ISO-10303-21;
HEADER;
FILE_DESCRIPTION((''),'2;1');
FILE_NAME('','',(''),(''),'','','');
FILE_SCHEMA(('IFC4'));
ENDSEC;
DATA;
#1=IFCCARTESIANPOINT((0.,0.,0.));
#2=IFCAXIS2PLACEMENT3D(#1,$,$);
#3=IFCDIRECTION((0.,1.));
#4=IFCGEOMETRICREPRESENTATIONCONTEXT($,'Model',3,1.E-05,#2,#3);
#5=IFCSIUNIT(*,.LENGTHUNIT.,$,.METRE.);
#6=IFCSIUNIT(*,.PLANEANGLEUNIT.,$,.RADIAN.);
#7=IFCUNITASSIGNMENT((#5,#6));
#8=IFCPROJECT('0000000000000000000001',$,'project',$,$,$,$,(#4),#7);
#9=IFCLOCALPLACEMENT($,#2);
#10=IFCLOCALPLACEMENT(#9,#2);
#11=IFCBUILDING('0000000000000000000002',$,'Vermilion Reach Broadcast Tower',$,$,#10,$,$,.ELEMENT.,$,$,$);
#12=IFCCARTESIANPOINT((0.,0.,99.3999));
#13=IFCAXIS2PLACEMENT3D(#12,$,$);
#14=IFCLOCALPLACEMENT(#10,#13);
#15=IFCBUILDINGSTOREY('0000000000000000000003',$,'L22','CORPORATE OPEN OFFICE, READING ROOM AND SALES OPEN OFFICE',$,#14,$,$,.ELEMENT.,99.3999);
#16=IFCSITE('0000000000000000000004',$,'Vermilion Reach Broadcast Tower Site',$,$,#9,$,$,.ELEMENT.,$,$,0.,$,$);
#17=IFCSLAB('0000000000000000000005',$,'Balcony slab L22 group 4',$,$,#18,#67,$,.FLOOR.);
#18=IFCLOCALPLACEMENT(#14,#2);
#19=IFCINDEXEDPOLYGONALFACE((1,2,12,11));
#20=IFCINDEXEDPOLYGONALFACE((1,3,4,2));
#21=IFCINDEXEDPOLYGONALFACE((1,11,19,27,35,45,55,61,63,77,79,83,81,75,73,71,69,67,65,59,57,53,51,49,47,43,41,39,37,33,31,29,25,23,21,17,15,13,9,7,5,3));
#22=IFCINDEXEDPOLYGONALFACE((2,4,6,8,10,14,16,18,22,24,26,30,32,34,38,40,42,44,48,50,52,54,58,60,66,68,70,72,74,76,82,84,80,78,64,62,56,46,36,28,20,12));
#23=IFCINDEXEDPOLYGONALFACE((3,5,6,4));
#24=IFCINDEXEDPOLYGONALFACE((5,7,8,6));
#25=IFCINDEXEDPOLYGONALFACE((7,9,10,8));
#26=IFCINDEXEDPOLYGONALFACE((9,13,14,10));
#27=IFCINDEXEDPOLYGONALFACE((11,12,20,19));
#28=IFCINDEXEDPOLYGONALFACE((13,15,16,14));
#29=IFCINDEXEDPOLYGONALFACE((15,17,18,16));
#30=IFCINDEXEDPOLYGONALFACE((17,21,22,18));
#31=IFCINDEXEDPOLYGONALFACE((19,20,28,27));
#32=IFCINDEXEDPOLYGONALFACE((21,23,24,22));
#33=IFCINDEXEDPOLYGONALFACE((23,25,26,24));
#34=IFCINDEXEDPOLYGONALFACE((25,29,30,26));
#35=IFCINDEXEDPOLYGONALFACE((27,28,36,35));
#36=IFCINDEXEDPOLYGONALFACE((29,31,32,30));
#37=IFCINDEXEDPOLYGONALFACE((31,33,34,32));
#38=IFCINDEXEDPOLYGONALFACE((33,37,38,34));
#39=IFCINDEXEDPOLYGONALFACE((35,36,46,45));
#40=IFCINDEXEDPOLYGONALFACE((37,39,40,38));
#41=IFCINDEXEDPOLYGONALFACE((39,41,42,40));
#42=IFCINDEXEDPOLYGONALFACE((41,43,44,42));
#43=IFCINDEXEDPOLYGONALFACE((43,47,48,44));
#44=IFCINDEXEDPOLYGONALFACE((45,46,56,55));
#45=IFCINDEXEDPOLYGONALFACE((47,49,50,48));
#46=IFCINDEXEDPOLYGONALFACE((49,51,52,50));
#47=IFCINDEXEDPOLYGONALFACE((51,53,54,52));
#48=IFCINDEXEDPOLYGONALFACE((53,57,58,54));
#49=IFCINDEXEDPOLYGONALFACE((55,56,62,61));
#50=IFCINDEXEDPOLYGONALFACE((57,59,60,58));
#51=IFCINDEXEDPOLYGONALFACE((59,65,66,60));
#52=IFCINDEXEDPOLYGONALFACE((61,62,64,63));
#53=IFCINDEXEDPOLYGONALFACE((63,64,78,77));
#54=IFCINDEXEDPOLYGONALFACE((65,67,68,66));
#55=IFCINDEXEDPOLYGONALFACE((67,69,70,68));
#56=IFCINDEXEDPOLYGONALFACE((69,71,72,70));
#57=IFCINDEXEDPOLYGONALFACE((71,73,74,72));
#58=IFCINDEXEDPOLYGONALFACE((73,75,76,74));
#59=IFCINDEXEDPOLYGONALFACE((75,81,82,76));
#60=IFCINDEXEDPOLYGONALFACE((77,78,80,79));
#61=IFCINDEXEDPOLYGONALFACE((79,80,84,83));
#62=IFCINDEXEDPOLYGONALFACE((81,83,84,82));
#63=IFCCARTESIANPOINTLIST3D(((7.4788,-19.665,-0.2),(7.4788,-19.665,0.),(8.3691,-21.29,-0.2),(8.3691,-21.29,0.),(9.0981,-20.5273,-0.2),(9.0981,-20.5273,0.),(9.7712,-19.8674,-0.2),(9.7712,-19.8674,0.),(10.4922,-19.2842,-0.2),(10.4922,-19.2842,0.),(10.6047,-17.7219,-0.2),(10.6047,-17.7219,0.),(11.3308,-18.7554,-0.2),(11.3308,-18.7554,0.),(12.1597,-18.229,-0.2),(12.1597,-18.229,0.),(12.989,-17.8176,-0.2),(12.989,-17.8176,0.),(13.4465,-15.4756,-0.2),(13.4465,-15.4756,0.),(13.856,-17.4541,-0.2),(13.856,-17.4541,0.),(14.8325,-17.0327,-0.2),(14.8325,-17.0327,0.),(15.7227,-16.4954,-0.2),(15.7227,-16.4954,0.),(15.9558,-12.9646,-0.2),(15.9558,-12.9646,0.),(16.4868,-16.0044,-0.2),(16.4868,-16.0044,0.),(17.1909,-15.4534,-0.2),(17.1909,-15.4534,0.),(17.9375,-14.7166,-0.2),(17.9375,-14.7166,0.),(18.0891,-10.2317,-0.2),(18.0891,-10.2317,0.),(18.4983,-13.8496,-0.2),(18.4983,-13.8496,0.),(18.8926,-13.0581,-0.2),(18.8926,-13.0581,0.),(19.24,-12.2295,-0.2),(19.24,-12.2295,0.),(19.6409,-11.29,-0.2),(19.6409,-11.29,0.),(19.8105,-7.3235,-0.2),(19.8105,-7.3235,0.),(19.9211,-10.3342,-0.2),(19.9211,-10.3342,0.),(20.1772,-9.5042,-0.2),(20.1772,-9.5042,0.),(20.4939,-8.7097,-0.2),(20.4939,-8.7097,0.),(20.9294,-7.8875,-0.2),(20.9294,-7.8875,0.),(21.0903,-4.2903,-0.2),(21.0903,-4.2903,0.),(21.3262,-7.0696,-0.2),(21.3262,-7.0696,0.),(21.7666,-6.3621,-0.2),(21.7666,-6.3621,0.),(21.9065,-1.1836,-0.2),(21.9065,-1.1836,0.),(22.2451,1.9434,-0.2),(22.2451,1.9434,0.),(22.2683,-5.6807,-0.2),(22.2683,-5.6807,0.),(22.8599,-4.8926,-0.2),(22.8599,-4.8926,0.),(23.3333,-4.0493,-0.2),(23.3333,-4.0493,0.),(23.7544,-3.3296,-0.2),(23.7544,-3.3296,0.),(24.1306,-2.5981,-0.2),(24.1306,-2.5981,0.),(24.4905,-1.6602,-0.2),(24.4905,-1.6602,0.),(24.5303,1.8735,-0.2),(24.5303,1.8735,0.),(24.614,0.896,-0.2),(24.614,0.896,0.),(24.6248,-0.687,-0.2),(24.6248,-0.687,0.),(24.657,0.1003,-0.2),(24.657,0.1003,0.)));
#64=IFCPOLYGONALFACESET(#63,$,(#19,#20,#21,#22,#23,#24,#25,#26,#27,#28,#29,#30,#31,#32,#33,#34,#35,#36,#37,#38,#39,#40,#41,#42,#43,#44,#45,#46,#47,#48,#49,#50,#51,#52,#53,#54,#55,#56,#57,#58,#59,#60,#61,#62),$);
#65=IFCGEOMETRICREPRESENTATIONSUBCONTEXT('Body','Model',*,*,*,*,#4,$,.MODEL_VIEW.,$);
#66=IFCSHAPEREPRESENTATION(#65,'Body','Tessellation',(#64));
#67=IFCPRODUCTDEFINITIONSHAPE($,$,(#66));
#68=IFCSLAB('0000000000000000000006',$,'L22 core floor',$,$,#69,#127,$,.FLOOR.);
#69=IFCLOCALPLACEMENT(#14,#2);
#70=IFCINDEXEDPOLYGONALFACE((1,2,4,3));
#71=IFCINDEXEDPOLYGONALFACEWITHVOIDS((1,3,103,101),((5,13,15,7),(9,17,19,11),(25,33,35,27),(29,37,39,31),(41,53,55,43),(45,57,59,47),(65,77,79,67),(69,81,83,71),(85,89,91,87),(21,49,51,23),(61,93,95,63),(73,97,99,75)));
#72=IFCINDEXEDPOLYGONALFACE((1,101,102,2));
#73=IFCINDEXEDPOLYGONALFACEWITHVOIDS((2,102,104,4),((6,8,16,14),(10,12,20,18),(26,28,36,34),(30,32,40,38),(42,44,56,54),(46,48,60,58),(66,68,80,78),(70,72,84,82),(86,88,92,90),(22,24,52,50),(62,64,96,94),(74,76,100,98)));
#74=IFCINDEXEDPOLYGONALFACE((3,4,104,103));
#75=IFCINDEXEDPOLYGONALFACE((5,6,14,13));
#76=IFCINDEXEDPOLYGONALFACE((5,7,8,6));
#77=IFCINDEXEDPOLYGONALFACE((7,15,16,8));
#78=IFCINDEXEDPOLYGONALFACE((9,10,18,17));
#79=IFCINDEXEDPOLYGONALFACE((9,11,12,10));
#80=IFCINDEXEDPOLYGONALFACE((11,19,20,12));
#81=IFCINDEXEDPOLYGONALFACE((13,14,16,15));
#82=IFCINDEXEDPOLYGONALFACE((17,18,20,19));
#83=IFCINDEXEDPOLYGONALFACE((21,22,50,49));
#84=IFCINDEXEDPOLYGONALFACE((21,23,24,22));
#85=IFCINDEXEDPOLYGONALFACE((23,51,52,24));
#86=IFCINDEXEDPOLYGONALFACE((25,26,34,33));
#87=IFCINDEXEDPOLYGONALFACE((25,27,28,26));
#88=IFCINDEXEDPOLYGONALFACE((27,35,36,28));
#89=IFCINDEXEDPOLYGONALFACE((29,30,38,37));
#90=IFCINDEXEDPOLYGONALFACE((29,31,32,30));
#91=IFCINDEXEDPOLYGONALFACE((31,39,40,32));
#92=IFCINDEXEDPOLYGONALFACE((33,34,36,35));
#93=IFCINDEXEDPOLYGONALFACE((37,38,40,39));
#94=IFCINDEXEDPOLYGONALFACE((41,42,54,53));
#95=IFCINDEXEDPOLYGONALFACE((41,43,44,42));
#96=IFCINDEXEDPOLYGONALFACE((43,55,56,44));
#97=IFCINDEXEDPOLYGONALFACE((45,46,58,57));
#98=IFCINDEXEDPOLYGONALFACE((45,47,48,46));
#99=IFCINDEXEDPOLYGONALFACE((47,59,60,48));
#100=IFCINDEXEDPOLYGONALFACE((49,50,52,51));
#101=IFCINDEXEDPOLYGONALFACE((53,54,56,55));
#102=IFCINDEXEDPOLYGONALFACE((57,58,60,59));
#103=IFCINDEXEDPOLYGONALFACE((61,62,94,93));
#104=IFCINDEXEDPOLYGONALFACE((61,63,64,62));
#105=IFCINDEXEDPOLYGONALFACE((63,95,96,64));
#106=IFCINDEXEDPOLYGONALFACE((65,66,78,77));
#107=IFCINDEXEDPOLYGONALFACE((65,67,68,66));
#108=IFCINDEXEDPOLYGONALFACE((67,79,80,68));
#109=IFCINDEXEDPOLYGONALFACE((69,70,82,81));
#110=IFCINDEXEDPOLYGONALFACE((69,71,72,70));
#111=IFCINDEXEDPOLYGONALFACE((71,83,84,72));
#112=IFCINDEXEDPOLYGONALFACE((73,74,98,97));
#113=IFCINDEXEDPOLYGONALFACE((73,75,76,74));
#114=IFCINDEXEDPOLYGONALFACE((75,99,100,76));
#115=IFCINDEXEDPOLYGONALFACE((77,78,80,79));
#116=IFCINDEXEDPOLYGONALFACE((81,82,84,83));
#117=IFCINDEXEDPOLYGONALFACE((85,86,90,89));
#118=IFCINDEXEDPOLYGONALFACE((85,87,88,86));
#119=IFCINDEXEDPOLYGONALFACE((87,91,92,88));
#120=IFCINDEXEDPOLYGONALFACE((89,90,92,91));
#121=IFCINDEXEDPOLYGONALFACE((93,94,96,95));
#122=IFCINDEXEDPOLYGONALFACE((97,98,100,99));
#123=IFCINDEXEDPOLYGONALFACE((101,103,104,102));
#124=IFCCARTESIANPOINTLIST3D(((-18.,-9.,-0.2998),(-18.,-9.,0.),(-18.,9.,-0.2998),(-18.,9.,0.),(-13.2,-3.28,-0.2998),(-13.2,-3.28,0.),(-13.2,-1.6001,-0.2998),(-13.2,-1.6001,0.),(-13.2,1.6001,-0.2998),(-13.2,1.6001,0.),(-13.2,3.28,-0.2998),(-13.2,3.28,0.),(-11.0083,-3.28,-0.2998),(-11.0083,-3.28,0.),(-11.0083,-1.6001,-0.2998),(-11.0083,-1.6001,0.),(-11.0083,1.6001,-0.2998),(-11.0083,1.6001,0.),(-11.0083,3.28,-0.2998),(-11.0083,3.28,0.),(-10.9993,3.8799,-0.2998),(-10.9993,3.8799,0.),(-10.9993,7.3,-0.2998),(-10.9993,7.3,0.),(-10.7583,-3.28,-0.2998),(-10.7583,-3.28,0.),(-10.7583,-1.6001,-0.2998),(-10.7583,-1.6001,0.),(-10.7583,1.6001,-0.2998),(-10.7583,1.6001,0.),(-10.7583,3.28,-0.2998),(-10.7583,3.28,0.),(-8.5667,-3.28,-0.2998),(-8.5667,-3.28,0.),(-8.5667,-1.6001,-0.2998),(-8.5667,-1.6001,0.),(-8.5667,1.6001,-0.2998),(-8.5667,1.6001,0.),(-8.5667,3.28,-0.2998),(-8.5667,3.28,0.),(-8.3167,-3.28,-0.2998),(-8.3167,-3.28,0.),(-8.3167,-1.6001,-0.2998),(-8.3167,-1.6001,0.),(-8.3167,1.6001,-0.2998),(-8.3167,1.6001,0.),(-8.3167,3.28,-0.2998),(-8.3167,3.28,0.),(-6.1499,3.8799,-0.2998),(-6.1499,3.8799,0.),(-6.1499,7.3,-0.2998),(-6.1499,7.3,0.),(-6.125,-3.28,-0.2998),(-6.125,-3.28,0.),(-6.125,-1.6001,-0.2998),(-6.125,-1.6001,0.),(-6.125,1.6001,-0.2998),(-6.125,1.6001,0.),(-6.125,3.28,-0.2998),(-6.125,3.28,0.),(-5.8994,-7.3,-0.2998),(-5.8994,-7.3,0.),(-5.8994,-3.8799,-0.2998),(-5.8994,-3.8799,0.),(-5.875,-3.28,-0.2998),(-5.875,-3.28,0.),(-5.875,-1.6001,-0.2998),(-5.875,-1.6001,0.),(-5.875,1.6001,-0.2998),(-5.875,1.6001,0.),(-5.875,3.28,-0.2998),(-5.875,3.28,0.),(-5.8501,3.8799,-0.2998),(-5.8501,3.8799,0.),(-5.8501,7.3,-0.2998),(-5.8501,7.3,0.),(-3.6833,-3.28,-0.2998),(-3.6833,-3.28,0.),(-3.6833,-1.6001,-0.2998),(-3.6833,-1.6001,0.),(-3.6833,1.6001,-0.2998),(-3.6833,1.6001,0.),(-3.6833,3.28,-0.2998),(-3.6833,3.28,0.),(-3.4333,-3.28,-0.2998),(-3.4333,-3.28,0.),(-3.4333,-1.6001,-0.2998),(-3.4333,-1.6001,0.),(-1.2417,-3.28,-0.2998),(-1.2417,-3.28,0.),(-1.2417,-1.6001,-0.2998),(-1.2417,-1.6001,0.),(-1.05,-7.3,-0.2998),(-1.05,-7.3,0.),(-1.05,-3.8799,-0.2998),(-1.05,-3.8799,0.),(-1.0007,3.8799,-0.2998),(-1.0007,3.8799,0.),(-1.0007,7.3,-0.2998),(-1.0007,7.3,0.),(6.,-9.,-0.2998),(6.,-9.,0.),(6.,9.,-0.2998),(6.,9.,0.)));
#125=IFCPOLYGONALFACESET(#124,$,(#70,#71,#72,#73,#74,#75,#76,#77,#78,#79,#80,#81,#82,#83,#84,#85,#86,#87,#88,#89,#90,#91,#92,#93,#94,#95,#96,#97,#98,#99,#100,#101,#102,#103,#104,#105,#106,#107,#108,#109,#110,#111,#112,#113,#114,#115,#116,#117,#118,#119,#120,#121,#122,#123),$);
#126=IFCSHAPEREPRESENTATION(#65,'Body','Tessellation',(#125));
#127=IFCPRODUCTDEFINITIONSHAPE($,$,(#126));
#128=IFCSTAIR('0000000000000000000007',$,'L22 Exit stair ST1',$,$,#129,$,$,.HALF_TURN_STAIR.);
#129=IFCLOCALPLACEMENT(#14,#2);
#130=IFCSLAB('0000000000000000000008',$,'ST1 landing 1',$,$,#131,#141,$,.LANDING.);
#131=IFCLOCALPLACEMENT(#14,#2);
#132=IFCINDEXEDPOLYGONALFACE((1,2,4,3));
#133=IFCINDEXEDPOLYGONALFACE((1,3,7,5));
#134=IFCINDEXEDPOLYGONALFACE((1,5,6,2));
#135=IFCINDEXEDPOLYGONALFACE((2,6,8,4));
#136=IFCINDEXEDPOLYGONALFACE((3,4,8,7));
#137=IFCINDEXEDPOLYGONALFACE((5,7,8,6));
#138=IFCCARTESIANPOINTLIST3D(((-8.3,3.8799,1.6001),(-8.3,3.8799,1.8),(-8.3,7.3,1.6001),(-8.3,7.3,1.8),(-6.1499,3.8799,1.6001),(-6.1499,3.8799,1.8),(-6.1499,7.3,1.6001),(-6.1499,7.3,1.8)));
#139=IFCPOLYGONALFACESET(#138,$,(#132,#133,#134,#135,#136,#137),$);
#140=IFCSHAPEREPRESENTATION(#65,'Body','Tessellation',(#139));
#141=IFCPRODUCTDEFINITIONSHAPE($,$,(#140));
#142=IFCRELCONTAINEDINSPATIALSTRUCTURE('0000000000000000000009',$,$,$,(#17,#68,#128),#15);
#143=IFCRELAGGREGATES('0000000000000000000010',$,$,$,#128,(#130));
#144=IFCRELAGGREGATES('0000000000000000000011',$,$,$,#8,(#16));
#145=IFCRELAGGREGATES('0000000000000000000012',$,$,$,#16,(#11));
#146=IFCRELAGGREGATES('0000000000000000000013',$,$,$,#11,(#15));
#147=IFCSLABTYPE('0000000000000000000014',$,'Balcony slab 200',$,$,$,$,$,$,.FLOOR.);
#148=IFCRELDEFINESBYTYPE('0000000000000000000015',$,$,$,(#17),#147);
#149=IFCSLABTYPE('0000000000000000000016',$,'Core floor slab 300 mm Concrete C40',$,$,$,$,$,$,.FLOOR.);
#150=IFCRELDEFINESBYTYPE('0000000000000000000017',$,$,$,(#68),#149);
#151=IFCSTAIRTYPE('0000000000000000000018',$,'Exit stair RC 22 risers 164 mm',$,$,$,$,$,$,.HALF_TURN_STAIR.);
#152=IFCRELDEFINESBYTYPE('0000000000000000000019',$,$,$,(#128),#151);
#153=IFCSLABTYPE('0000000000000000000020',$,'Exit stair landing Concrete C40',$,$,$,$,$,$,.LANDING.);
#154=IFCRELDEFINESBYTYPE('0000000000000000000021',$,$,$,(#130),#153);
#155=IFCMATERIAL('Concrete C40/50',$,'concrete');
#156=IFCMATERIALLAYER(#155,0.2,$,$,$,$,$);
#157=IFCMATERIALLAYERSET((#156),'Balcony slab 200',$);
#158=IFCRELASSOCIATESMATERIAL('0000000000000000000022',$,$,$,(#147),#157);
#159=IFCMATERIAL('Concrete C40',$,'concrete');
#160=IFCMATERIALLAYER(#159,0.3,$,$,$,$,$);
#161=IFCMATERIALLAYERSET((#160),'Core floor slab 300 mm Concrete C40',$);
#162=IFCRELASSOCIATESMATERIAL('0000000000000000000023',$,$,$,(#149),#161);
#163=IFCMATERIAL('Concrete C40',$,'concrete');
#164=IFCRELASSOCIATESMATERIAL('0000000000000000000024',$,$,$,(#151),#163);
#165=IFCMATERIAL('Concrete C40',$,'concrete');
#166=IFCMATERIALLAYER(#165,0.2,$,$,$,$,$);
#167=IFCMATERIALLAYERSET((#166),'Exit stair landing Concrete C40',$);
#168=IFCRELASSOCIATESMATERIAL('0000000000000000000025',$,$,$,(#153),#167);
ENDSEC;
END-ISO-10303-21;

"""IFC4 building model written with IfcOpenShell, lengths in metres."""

from ifc_helpers import new_model, si_unit, direction, frame, origin, place, context, subcontext, project, spatial, polyline, outline, extrude, material, layer, layer_set, type_object, element, aggregate, save


model = new_model("IFC4")

# Units and contexts
model_context = context("Model", 3, precision=1e-05, world=origin(), true_north=direction((0.0, 1.0)))
body_context = subcontext(model_context, "Body", "Model", "MODEL_VIEW")
ifc_project = project(units=[si_unit("LENGTHUNIT", "METRE"), si_unit("PLANEANGLEUNIT", "RADIAN")], contexts=[model_context])

# Site, building, storey
site_placement = place(None, origin())
site = spatial("IfcSite", under=ifc_project, at=site_placement, Name="Vermilion Reach Broadcast Tower Site", CompositionType="ELEMENT", RefElevation=0.0)
building_placement = place(site_placement, origin())
building = spatial("IfcBuilding", under=site, at=building_placement, Name="Vermilion Reach Broadcast Tower", CompositionType="ELEMENT")
storey_placement = place(building_placement, frame((0.0, 0.0, 99.3999)))
storey = spatial("IfcBuildingStorey", under=building, at=storey_placement, Name="L22", Description="CORPORATE OPEN OFFICE, READING ROOM AND SALES OPEN OFFICE", CompositionType="ELEMENT", Elevation=99.3999)

# Slabs
ifc_material_1 = material(Name="Concrete C40/50", Category="concrete")
ifc_layer_1 = layer(ifc_material_1, 0.2)
ifc_layer_set_1 = layer_set([ifc_layer_1], Name="Balcony slab 200")
slab_type_1 = type_object("IfcSlabType", Name="Balcony slab 200", PredefinedType="FLOOR", material=ifc_layer_set_1)
placement_1 = place(storey_placement, frame((0.0, 0.0, -0.2)))
element("IfcSlab", 1, at=placement_1, inside=storey, type_object=slab_type_1, Name="Balcony slab L22 group 4", PredefinedType="FLOOR", context=body_context, shape_type="SweptSolid", body=[
    extrude(outline(polyline([(7.4788, -19.665), (10.6047, -17.7219), (13.4465, -15.4756), (15.9558, -12.9646), (18.0891, -10.2317), (19.8105, -7.3235), (21.0903, -4.2903), (21.9065, -1.1836), (22.2451, 1.9434), (24.5303, 1.8735), (24.614, 0.896), (24.657, 0.1003), (24.6248, -0.687), (24.4905, -1.6602), (24.1306, -2.5981), (23.7544, -3.3296), (23.3333, -4.0493), (22.8599, -4.8926), (22.2683, -5.6807), (21.7666, -6.3621), (21.3262, -7.0696), (20.9294, -7.8875), (20.4939, -8.7097), (20.1772, -9.5042), (19.9211, -10.3342), (19.6409, -11.29), (19.24, -12.2295), (18.8926, -13.0581), (18.4983, -13.8496), (17.9375, -14.7166), (17.1909, -15.4534), (16.4868, -16.0044), (15.7227, -16.4954), (14.8325, -17.0327), (13.856, -17.4541), (12.989, -17.8176), (12.1597, -18.229), (11.3308, -18.7554), (10.4922, -19.2842), (9.7712, -19.8674), (9.0981, -20.5273), (8.3691, -21.29), (7.4788, -19.665)])), origin(), (0.0, 0.0, 1.0), 0.2),
])
ifc_material_2 = material(Name="Concrete C40", Category="concrete")
ifc_layer_2 = layer(ifc_material_2, 0.3)
ifc_layer_set_2 = layer_set([ifc_layer_2], Name="Core floor slab 300 mm Concrete C40")
slab_type_2 = type_object("IfcSlabType", Name="Core floor slab 300 mm Concrete C40", PredefinedType="FLOOR", material=ifc_layer_set_2)
slab_1_placement = place(storey_placement, frame((0.0, 0.0, -0.2998)))
element("IfcSlab", 2, at=slab_1_placement, inside=storey, type_object=slab_type_2, Name="L22 core floor", PredefinedType="FLOOR", context=body_context, shape_type="SweptSolid", body=[
    extrude(outline(polyline([(-18.0, -9.0), (6.0, -9.0), (6.0, 9.0), (-18.0, 9.0), (-18.0, -9.0)]), holes=[polyline([(-13.2, 1.6001), (-11.0083, 1.6001), (-11.0083, 3.28), (-13.2, 3.28), (-13.2, 1.6001)]), polyline([(-10.7583, 1.6001), (-8.5667, 1.6001), (-8.5667, 3.28), (-10.7583, 3.28), (-10.7583, 1.6001)]), polyline([(-8.3167, 1.6001), (-6.125, 1.6001), (-6.125, 3.28), (-8.3167, 3.28), (-8.3167, 1.6001)]), polyline([(-5.875, 1.6001), (-3.6833, 1.6001), (-3.6833, 3.28), (-5.875, 3.28), (-5.875, 1.6001)]), polyline([(-13.2, -3.28), (-11.0083, -3.28), (-11.0083, -1.6001), (-13.2, -1.6001), (-13.2, -3.28)]), polyline([(-10.7583, -3.28), (-8.5667, -3.28), (-8.5667, -1.6001), (-10.7583, -1.6001), (-10.7583, -3.28)]), polyline([(-8.3167, -3.28), (-6.125, -3.28), (-6.125, -1.6001), (-8.3167, -1.6001), (-8.3167, -3.28)]), polyline([(-5.875, -3.28), (-3.6833, -3.28), (-3.6833, -1.6001), (-5.875, -1.6001), (-5.875, -3.28)]), polyline([(-3.4333, -3.28), (-1.2417, -3.28), (-1.2417, -1.6001), (-3.4333, -1.6001), (-3.4333, -3.28)]), polyline([(-10.9993, 3.8799), (-6.1499, 3.8799), (-6.1499, 7.3), (-10.9993, 7.3), (-10.9993, 3.8799)]), polyline([(-1.0007, 7.3), (-5.8501, 7.3), (-5.8501, 3.8799), (-1.0007, 3.8799), (-1.0007, 7.3)]), polyline([(-5.8994, -7.3), (-1.05, -7.3), (-1.05, -3.8799), (-5.8994, -3.8799), (-5.8994, -7.3)])]), origin(), (0.0, 0.0, 1.0), 0.2998),
])

# Stair, slab
ifc_material_3 = material(Name="Concrete C40", Category="concrete")
stair_type = type_object("IfcStairType", Name="Exit stair RC 22 risers 164 mm", PredefinedType="HALF_TURN_STAIR", material=ifc_material_3)
placement_2 = place(storey_placement, origin())
stair_1 = element("IfcStair", 3, at=placement_2, inside=storey, type_object=stair_type, Name="L22 Exit stair ST1", PredefinedType="HALF_TURN_STAIR")
ifc_material_4 = material(Name="Concrete C40", Category="concrete")
ifc_layer_3 = layer(ifc_material_4, 0.2)
ifc_layer_set_3 = layer_set([ifc_layer_3], Name="Exit stair landing Concrete C40")
slab_type_3 = type_object("IfcSlabType", Name="Exit stair landing Concrete C40", PredefinedType="LANDING", material=ifc_layer_set_3)
slab_2_placement = place(storey_placement, frame((0.0, 0.0, 1.6001)))
slab_2 = element("IfcSlab", 4, at=slab_2_placement, type_object=slab_type_3, Name="ST1 landing 1", PredefinedType="LANDING", context=body_context, shape_type="SweptSolid", body=[
    extrude(outline(polyline([(-8.3, 3.8799), (-6.1499, 3.8799), (-6.1499, 7.3), (-8.3, 7.3), (-8.3, 3.8799)])), origin(), (0.0, 0.0, 1.0), 0.2),
])
aggregate(stair_1, [slab_2])

save(model, "model.ifc")
